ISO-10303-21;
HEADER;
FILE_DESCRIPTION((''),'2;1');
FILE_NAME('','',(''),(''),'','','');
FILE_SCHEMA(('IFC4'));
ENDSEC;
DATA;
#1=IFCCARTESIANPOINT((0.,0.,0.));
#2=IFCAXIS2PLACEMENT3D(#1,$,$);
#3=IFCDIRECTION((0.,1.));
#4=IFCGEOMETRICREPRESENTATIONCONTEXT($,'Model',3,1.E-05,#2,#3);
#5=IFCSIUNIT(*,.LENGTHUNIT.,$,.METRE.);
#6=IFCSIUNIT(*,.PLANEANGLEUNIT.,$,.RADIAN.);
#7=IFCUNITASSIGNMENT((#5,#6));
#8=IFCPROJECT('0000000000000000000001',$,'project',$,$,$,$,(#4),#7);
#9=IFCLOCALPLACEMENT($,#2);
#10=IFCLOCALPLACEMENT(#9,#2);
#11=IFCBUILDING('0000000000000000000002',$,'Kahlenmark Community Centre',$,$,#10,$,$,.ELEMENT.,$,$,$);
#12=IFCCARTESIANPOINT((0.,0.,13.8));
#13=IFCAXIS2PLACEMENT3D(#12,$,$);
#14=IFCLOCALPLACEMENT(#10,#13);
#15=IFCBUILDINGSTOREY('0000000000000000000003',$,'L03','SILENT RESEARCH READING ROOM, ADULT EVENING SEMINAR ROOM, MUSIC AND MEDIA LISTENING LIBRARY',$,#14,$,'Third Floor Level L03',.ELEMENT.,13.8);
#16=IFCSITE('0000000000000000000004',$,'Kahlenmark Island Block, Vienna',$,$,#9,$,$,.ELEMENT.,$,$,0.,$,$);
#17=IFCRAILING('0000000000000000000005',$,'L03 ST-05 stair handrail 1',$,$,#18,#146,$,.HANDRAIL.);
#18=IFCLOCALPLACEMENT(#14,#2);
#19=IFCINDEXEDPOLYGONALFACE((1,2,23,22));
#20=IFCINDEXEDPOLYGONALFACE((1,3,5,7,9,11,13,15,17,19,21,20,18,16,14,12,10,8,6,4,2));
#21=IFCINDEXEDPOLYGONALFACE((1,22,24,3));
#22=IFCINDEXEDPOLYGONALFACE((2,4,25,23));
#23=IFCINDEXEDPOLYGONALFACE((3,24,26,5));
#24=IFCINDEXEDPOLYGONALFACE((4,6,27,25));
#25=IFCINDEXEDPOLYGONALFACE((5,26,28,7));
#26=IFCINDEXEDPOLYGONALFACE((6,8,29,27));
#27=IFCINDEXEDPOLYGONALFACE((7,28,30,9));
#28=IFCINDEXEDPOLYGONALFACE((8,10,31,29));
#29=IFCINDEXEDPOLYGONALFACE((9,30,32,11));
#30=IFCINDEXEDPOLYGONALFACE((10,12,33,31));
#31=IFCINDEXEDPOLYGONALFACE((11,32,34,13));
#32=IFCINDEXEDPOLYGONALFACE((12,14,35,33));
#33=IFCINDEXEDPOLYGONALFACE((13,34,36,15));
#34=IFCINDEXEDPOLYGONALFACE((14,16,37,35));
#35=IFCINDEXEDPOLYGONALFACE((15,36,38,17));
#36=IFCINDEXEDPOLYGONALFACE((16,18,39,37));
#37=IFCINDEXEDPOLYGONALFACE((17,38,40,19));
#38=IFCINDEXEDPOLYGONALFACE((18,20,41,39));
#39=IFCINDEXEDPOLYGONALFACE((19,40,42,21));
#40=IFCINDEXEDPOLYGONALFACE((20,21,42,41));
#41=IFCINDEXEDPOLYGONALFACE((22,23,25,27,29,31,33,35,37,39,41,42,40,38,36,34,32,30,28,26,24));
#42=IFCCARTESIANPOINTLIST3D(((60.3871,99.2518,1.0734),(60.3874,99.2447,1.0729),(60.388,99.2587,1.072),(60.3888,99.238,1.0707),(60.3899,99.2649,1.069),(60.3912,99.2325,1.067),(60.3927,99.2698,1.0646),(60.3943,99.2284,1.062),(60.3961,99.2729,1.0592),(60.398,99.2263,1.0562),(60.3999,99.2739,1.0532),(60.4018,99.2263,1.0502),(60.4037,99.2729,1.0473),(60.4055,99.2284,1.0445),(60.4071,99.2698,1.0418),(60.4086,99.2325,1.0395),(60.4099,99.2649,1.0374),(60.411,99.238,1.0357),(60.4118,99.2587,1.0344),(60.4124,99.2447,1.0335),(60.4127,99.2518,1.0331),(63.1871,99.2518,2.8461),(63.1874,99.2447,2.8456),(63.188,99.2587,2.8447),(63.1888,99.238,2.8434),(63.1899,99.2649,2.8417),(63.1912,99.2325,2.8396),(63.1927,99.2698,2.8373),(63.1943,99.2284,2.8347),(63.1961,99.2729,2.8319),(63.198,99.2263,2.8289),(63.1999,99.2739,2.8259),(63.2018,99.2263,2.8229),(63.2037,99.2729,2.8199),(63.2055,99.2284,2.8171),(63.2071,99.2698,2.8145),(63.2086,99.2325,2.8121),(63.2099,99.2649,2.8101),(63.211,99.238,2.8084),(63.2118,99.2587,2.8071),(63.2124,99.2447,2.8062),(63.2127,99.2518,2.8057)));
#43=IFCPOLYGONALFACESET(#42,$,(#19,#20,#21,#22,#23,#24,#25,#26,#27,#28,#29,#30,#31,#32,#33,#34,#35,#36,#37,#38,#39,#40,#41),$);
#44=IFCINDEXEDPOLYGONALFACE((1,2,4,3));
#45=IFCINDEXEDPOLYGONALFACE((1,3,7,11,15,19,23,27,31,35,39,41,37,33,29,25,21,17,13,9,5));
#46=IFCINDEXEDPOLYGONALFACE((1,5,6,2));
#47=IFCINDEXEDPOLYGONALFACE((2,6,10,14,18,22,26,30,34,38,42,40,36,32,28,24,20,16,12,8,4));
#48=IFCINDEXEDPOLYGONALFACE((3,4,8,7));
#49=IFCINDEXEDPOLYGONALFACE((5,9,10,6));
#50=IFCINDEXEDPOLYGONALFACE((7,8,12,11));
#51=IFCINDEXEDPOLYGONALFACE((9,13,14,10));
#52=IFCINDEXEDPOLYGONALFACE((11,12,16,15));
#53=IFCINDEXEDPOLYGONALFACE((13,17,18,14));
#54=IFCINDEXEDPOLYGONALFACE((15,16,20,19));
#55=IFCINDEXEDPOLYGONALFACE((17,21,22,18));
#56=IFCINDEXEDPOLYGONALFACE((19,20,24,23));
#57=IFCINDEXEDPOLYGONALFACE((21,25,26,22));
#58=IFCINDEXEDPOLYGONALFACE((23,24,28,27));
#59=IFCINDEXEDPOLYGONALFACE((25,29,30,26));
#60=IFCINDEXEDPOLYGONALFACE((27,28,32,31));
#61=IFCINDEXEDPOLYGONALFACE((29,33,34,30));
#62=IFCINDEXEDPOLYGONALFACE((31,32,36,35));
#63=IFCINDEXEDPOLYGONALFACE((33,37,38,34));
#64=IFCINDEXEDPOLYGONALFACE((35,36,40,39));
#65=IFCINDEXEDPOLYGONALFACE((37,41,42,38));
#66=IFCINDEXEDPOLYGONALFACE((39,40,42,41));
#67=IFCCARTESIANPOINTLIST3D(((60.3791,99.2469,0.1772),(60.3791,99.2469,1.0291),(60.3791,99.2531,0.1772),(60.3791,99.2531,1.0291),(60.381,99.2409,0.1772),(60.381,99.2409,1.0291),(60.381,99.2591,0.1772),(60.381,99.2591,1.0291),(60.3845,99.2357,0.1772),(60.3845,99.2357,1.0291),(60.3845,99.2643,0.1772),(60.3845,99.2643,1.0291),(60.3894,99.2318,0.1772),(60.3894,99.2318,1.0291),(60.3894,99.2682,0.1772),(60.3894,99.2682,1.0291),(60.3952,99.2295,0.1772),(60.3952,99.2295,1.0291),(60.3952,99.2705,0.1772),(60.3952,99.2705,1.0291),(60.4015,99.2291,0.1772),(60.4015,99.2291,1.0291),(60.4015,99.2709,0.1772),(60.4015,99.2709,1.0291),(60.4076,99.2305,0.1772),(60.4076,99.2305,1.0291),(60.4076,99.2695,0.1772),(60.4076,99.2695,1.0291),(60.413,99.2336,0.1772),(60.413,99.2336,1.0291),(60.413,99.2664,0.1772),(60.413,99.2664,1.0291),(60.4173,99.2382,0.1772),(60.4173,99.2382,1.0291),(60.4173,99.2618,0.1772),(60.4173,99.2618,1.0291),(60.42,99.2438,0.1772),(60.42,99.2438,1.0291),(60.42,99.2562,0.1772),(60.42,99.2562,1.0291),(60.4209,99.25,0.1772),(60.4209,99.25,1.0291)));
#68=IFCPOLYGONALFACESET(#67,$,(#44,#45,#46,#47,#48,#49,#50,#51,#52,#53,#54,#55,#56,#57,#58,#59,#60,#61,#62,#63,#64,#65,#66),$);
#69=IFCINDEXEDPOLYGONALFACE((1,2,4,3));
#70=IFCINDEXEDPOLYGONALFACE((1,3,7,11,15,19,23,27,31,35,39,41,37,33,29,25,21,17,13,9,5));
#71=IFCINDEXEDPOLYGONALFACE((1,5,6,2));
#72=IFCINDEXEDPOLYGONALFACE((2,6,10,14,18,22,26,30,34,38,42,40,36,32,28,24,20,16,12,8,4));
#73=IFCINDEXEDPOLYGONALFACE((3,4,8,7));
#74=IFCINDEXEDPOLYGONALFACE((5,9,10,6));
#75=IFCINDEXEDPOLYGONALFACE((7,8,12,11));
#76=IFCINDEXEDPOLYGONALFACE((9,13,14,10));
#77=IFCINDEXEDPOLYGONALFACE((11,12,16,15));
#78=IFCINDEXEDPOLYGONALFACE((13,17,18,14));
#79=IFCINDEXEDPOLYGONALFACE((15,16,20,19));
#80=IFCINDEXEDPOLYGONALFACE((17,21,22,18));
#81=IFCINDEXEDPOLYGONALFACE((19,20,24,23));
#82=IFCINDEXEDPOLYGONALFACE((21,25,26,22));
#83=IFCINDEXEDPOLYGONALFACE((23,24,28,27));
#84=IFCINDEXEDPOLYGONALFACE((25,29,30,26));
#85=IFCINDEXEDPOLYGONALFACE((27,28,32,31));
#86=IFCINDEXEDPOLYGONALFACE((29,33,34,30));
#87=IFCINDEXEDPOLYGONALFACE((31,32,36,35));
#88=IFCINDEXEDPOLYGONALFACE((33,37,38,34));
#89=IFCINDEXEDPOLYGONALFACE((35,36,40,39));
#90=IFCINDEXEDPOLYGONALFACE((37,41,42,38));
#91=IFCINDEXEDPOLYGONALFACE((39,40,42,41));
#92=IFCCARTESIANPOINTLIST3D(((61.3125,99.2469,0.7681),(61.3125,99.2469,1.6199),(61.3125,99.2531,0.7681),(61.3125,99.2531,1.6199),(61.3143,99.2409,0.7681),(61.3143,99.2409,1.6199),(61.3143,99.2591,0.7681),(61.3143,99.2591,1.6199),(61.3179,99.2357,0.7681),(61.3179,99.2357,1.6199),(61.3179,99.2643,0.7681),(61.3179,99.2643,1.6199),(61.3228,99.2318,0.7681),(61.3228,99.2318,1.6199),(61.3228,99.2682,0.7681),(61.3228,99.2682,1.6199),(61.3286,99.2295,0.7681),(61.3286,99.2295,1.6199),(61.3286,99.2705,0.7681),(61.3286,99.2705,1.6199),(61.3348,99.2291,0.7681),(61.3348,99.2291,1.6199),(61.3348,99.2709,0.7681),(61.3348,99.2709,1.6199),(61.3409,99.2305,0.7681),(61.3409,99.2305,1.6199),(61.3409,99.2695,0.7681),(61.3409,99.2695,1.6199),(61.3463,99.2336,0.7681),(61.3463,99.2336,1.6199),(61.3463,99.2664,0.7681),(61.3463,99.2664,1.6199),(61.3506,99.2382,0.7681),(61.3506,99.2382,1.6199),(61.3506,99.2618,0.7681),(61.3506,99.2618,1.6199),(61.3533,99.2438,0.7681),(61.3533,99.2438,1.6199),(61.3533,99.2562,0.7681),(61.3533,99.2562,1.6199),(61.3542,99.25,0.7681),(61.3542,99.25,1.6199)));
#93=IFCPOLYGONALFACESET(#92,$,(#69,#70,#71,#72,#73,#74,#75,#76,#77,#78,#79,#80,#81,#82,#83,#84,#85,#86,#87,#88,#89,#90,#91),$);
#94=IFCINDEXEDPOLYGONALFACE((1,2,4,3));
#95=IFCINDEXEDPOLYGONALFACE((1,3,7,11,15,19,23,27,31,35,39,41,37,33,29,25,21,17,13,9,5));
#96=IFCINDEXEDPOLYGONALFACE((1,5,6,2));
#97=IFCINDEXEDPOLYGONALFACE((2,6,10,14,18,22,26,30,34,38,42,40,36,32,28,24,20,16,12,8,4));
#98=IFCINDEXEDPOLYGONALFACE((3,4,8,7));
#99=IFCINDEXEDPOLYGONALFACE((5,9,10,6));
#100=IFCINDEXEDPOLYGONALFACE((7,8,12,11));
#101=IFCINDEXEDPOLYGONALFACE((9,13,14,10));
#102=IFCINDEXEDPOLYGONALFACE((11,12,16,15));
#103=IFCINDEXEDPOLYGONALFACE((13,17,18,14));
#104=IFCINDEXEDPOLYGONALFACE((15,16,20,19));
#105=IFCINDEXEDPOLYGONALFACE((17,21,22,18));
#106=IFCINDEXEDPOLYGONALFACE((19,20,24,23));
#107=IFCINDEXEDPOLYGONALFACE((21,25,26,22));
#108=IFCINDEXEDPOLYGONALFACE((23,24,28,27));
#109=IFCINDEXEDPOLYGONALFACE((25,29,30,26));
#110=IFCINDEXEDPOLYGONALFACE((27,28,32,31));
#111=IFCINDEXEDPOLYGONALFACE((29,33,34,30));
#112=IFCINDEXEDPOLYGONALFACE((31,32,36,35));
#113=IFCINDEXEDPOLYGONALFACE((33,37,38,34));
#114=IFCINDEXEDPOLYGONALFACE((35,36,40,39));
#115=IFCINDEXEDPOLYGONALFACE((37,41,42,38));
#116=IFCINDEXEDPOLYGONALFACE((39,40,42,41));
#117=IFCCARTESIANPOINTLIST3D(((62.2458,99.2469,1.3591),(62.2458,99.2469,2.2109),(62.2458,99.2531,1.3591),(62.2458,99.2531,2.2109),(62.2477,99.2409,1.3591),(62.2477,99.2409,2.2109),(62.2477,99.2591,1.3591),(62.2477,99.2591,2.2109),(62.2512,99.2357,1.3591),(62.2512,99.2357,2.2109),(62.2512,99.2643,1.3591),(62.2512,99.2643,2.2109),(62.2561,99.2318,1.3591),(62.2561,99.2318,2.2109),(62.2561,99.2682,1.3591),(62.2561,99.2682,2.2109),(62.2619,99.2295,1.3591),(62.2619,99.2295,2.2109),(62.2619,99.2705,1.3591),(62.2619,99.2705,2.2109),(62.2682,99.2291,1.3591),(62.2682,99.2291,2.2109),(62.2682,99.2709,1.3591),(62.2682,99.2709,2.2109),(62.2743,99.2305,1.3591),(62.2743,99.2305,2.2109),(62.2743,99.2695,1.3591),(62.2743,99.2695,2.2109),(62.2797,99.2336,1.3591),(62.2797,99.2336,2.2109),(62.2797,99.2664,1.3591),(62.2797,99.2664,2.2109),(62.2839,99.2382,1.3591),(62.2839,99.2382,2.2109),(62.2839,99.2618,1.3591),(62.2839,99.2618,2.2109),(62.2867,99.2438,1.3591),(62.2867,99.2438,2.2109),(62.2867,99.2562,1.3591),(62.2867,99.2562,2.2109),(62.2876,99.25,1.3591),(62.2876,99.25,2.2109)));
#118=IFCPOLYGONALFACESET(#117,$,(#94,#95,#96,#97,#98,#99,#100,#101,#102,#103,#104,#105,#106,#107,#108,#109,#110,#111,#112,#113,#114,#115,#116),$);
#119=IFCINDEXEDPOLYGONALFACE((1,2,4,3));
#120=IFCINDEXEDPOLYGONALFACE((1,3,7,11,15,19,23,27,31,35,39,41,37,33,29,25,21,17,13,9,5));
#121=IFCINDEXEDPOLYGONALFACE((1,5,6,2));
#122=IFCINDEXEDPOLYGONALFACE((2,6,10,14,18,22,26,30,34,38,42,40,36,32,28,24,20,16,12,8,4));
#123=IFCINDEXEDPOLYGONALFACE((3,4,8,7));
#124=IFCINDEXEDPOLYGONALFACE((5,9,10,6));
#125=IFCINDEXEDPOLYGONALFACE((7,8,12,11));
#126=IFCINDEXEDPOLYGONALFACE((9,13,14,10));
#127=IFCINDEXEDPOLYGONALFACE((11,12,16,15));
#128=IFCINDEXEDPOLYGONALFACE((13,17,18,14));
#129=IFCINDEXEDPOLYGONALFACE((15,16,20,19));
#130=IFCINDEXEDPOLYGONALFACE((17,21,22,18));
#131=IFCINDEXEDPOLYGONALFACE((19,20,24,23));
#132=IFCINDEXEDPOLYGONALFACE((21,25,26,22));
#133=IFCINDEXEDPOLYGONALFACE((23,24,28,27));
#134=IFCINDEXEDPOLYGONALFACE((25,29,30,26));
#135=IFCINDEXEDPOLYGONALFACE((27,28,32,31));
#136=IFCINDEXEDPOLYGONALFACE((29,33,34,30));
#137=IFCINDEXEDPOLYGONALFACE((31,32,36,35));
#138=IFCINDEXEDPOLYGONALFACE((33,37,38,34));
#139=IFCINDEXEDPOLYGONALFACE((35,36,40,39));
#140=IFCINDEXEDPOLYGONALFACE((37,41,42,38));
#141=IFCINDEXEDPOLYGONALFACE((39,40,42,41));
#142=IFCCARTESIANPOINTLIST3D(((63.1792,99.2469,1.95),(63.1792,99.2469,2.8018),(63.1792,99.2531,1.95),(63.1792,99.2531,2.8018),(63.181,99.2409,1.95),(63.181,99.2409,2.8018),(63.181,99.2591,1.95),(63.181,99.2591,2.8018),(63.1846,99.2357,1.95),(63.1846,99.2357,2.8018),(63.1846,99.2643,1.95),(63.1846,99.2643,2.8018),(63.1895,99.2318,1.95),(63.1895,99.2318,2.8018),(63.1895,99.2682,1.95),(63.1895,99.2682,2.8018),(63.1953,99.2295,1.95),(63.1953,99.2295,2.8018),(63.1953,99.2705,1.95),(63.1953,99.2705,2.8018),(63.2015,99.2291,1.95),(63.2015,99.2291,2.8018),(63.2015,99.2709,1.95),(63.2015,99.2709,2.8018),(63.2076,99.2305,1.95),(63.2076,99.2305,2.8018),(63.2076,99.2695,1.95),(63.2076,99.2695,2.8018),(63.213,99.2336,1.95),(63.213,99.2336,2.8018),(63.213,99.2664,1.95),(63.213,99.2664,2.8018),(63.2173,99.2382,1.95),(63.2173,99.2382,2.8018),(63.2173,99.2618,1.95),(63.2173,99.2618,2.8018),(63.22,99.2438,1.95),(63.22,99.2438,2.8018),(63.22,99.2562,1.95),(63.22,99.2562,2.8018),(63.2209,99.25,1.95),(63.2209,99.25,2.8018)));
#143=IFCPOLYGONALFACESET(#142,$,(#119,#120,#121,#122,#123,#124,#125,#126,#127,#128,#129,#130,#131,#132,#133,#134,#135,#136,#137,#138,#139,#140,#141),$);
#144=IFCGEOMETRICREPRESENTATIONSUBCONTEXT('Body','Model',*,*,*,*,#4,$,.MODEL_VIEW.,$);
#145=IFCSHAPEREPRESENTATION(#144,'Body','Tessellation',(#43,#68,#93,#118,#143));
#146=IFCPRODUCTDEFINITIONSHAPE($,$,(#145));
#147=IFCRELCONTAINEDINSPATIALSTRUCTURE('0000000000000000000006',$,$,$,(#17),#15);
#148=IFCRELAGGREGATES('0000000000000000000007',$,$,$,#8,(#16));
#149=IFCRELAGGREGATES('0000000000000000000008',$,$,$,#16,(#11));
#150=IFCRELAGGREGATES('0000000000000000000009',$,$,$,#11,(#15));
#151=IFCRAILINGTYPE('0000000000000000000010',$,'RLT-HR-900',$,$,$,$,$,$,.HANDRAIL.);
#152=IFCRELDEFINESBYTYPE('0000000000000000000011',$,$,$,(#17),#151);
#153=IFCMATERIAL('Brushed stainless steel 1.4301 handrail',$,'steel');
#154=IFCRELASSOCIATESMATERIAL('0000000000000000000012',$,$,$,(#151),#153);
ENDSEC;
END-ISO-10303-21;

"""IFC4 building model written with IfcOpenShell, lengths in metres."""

from ifc_helpers import new_model, si_unit, direction, frame, origin, origin_2d, place, context, subcontext, project, spatial, circle, extrude, material, type_object, element, save


model = new_model("IFC4")

# Units and contexts
model_context = context("Model", 3, precision=1e-05, world=origin(), true_north=direction((0.0, 1.0)))
body_context = subcontext(model_context, "Body", "Model", "MODEL_VIEW")
ifc_project = project(units=[si_unit("LENGTHUNIT", "METRE"), si_unit("PLANEANGLEUNIT", "RADIAN")], contexts=[model_context])

# Site, building, storey
site_placement = place(None, origin())
site = spatial("IfcSite", under=ifc_project, at=site_placement, Name="Kahlenmark Island Block, Vienna", CompositionType="ELEMENT", RefElevation=0.0)
building_placement = place(site_placement, origin())
building = spatial("IfcBuilding", under=site, at=building_placement, Name="Kahlenmark Community Centre", CompositionType="ELEMENT")
storey_placement = place(building_placement, frame((0.0, 0.0, 13.8)))
storey = spatial("IfcBuildingStorey", under=building, at=storey_placement, Name="L03", Description="SILENT RESEARCH READING ROOM, ADULT EVENING SEMINAR ROOM, MUSIC AND MEDIA LISTENING LIBRARY", LongName="Third Floor Level L03", CompositionType="ELEMENT", Elevation=13.8)

# Railing
ifc_material_1 = material(Name="Brushed stainless steel 1.4301 handrail", Category="steel")
railing_type = type_object("IfcRailingType", Name="RLT-HR-900", PredefinedType="HANDRAIL", material=ifc_material_1)
railing_placement = place(storey_placement, frame((60.3999, 99.25, 0.1772)))
element("IfcRailing", 1, at=railing_placement, inside=storey, type_object=railing_type, Name="L03 ST-05 stair handrail 1", PredefinedType="HANDRAIL", context=body_context, shape_type="SweptSolid", body=[
    extrude(circle(Radius=0.0239, at=origin_2d()), frame((0.0, 0.0, 0.876), z_axis=(0.844909, 0.0, 0.53491), x_axis=(0.0, 1.0, 0.0)), (0.0, 0.0, 1.0), 3.314),
    extrude(circle(Radius=0.021, at=origin_2d()), origin(), (0.0, 0.0, 1.0), 0.8518),
    extrude(circle(Radius=0.021, at=origin_2d()), frame((0.9333, 0.0, 0.5908)), (0.0, 0.0, 1.0), 0.8518),
    extrude(circle(Radius=0.021, at=origin_2d()), frame((1.8667, 0.0, 1.1819)), (0.0, 0.0, 1.0), 0.8518),
    extrude(circle(Radius=0.021, at=origin_2d()), frame((2.8, 0.0, 1.7727)), (0.0, 0.0, 1.0), 0.8518),
])

save(model, "model.ifc")
